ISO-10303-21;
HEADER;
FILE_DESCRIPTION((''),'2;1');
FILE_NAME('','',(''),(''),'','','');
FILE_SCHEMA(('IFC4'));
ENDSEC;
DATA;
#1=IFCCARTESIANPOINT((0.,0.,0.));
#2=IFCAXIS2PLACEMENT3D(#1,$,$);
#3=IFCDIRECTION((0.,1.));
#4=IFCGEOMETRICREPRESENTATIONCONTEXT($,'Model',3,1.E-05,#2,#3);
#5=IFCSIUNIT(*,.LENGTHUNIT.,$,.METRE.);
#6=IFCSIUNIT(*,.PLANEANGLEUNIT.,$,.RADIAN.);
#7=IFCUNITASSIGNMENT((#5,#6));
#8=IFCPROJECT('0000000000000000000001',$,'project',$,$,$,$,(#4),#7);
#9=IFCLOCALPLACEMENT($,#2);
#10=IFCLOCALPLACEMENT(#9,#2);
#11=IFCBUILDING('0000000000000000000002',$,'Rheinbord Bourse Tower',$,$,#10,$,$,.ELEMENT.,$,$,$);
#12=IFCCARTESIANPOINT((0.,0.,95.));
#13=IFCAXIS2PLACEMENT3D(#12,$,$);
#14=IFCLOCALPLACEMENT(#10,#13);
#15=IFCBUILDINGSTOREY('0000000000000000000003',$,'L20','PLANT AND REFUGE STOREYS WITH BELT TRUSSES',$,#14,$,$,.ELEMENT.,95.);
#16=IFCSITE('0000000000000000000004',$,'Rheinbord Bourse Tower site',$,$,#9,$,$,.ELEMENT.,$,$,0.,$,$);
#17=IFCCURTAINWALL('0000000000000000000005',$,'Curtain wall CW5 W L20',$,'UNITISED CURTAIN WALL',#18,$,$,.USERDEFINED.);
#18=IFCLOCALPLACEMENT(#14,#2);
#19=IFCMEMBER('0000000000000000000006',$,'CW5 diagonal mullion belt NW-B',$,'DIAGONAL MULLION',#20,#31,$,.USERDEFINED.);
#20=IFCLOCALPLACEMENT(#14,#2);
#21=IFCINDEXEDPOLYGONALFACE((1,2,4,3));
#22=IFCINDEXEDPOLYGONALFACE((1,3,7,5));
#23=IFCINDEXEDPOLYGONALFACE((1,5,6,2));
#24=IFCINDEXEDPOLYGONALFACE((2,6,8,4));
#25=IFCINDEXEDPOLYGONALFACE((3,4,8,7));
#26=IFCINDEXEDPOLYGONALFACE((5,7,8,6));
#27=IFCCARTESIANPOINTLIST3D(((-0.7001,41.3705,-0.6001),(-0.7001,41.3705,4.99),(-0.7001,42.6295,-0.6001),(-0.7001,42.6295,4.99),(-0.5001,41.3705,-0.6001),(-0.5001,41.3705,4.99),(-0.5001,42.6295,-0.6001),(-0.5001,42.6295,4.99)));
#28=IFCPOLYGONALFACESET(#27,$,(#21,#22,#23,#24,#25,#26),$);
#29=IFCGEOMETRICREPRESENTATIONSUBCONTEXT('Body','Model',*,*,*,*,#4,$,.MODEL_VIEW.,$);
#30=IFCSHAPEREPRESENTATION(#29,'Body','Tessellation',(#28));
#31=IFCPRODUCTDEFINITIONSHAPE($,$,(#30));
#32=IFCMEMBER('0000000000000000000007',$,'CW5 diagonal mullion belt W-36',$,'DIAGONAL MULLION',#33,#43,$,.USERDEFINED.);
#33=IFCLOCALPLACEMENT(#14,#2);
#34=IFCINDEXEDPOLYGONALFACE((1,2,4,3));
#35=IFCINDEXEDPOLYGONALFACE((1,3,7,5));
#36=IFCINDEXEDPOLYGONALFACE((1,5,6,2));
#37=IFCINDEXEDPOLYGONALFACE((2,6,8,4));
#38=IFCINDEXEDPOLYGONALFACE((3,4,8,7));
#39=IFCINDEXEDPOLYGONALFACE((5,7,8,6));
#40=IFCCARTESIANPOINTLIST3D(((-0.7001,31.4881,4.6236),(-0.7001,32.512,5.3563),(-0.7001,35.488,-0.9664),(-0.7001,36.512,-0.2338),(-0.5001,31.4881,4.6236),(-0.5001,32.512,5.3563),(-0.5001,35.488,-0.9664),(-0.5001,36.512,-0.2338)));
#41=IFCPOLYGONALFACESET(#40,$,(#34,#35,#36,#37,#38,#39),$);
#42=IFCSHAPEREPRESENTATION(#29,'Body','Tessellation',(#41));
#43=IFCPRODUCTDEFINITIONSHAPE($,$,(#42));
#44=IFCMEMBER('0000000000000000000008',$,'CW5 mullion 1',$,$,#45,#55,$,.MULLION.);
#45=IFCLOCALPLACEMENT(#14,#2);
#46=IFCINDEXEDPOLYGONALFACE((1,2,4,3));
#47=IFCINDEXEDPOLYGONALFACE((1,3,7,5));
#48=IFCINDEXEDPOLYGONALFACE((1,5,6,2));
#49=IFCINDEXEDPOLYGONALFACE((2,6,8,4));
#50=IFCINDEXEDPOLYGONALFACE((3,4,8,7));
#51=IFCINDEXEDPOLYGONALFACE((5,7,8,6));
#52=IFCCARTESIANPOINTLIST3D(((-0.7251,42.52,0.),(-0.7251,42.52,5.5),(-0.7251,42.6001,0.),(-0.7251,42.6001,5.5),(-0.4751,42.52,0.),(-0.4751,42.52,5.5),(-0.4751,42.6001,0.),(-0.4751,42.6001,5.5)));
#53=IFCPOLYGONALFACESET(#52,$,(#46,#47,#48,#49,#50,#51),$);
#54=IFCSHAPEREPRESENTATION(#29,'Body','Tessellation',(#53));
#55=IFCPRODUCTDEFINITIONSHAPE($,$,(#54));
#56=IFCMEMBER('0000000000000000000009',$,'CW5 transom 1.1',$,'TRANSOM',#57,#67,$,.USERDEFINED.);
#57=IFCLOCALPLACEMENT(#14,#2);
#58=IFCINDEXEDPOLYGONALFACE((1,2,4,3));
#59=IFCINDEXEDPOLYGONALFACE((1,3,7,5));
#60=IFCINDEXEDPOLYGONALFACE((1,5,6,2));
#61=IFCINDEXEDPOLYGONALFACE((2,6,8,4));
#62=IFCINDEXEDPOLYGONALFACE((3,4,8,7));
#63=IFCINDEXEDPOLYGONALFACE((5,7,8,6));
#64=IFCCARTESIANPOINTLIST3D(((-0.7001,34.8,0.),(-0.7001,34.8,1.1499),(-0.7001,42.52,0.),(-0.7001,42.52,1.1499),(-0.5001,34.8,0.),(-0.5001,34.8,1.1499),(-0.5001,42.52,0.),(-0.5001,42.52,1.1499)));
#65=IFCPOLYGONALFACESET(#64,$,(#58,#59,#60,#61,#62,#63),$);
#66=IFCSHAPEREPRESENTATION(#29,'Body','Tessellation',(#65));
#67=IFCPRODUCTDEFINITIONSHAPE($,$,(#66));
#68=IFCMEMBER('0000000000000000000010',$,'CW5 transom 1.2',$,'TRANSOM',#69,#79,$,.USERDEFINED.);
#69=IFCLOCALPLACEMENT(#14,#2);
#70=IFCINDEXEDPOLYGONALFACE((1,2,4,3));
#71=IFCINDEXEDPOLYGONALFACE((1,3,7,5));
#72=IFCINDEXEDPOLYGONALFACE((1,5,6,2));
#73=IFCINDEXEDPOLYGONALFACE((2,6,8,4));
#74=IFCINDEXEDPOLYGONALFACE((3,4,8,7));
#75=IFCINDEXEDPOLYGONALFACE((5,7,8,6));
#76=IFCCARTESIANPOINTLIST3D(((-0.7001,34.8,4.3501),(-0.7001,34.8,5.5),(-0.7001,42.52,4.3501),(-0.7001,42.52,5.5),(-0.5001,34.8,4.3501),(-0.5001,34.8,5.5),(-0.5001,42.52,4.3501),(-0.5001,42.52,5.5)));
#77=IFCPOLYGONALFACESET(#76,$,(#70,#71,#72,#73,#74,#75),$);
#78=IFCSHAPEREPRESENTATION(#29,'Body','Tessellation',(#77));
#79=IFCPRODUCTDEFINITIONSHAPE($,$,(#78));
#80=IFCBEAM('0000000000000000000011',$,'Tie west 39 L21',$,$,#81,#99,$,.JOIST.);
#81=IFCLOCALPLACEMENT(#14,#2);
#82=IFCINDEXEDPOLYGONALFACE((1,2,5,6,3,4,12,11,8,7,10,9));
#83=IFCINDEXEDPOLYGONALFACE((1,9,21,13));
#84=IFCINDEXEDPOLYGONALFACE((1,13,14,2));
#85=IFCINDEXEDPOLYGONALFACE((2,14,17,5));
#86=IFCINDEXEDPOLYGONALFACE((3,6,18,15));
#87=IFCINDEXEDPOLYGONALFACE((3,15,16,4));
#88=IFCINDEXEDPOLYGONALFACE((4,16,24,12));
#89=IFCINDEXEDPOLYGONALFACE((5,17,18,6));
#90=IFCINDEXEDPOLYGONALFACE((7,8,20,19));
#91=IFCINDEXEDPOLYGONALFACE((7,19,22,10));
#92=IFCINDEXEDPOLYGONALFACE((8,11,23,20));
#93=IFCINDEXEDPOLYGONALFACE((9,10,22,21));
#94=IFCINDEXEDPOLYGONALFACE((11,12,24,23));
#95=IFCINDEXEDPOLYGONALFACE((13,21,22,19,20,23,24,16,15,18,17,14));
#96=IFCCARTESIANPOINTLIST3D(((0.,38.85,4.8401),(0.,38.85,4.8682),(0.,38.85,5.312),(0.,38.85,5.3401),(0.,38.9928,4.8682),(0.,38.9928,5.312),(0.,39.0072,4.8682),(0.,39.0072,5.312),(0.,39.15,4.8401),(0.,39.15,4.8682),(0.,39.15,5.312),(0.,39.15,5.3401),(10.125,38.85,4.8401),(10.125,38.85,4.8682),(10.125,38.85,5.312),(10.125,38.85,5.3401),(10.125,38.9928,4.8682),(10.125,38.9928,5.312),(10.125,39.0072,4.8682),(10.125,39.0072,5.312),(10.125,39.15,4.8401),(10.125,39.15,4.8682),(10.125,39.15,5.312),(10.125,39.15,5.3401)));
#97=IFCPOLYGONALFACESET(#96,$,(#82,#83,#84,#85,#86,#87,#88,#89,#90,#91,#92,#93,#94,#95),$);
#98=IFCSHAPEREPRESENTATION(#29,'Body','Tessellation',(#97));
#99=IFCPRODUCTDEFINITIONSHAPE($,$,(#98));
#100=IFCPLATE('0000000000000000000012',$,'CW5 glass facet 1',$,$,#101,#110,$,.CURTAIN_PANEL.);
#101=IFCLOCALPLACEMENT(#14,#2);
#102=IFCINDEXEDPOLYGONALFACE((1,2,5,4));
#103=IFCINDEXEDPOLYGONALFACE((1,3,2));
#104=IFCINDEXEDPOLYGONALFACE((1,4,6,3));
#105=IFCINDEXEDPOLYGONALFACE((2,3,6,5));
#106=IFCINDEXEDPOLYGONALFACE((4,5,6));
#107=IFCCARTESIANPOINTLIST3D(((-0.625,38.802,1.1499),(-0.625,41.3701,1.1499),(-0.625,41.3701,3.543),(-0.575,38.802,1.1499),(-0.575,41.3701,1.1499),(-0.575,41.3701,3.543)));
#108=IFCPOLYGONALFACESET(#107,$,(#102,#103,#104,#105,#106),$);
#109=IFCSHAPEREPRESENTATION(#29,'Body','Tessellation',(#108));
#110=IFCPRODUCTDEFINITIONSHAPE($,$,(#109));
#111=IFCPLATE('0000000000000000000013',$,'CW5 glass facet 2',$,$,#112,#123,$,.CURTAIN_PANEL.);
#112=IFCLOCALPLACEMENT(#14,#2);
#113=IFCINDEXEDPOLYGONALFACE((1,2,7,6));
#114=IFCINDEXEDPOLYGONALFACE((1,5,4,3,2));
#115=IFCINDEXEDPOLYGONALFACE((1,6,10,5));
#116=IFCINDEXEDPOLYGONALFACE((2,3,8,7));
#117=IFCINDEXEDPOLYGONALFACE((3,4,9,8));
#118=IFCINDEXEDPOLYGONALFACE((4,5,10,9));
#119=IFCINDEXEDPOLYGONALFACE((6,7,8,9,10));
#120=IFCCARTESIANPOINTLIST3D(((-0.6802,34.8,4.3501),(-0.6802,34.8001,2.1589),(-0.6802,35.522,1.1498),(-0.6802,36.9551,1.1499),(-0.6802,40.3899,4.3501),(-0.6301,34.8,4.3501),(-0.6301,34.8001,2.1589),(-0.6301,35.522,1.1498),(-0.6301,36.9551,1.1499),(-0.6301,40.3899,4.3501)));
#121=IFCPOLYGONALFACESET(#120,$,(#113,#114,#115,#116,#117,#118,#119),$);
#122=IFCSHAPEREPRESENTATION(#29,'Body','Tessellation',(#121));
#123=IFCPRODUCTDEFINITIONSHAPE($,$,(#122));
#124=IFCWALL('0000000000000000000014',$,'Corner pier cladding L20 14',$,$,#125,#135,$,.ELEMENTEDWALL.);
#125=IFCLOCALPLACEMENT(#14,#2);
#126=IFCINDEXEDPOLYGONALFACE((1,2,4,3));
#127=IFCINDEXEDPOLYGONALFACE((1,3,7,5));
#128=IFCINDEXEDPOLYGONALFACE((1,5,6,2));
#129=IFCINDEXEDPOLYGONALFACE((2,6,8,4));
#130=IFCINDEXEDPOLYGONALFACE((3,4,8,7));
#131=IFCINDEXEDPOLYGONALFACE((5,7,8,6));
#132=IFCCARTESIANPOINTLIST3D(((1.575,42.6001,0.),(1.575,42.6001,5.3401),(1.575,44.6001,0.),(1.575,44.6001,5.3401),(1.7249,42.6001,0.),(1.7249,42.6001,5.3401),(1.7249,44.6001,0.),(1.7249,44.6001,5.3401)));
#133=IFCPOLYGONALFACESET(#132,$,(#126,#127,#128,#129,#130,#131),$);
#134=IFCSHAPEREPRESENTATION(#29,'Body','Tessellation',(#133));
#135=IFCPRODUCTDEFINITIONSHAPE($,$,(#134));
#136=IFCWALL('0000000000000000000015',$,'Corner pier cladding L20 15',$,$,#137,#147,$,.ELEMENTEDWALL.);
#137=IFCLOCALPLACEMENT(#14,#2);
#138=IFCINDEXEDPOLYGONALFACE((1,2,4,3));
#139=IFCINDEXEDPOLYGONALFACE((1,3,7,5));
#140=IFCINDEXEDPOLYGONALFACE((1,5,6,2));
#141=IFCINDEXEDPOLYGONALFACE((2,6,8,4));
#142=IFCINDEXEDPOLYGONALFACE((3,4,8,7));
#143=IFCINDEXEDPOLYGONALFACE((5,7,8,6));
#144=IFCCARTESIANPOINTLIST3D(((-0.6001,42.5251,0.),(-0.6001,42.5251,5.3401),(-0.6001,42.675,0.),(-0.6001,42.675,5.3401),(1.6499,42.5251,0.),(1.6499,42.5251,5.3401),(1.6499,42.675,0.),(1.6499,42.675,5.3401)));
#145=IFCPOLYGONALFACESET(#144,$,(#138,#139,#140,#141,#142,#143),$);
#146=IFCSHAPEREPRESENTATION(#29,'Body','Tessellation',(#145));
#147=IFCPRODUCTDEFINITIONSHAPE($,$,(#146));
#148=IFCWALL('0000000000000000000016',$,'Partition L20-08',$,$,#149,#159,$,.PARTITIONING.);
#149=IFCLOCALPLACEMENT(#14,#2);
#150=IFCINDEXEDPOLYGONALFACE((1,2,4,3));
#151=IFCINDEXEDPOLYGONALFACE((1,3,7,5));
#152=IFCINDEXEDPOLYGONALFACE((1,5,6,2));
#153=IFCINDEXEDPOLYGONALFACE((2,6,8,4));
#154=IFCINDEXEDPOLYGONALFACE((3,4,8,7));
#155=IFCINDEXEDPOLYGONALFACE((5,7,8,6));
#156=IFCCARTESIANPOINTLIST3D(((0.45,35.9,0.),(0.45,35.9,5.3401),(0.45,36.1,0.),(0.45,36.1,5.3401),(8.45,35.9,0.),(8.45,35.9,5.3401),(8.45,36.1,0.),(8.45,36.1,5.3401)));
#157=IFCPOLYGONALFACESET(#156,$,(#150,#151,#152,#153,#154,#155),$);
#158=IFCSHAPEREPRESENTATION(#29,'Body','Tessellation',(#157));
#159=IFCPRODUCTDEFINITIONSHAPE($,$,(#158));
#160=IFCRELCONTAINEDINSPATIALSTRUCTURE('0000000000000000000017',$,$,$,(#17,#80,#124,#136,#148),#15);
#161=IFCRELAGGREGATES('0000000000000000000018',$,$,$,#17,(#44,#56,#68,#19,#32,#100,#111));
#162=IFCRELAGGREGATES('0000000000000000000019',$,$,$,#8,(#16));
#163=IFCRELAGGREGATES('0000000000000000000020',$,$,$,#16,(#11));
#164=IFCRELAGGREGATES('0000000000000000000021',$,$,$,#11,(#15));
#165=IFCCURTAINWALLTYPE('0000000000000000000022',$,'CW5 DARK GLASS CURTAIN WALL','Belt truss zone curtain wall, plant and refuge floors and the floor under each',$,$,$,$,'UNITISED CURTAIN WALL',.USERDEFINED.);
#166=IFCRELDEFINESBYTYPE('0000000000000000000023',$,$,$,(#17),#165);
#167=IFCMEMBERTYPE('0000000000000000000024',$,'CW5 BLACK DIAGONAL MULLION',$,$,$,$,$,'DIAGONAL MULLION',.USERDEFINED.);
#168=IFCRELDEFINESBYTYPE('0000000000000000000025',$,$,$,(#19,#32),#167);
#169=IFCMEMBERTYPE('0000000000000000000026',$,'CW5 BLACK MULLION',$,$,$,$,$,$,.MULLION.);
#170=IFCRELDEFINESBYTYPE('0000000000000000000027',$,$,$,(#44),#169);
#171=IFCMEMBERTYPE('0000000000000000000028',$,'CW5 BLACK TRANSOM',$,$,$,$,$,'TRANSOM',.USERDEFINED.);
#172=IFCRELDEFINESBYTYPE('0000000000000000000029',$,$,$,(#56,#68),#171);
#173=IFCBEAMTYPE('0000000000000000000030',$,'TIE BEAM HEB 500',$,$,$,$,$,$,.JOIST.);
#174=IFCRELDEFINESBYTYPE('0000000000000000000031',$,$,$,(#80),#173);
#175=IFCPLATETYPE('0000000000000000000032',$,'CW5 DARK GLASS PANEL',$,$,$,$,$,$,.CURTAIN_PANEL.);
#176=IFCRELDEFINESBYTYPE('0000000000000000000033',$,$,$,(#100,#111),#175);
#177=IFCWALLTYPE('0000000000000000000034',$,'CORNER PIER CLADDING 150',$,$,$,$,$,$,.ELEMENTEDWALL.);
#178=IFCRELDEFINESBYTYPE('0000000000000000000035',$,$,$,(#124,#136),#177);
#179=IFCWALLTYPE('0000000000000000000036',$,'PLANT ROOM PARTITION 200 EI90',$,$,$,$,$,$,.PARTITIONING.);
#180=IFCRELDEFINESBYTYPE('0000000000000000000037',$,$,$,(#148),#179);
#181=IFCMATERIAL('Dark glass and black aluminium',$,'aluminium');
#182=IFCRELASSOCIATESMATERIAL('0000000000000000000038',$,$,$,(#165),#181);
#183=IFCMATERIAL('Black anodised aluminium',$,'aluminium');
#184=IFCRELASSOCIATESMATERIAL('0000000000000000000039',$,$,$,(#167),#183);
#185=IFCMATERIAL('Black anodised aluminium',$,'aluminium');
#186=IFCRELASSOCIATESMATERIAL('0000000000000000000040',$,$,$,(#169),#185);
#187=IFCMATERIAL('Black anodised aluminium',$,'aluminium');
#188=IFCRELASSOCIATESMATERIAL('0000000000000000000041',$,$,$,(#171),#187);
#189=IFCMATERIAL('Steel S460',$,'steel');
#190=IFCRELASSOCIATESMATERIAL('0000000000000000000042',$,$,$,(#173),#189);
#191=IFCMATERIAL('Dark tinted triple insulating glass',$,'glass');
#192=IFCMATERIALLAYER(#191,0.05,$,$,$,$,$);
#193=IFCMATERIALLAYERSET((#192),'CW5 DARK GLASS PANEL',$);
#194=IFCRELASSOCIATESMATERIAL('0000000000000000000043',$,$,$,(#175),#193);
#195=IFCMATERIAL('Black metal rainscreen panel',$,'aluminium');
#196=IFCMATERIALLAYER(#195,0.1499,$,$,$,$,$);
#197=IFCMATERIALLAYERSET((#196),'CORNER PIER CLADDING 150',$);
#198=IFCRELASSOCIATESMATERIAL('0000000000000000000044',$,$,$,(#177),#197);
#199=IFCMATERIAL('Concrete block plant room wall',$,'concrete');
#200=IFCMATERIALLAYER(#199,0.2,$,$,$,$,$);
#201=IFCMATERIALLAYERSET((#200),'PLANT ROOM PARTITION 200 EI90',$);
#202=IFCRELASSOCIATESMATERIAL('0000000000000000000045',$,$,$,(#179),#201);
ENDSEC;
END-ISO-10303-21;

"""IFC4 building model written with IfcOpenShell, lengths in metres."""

from ifc_helpers import new_model, si_unit, direction, frame, frame_2d, origin, origin_2d, place, context, subcontext, project, spatial, polyline, rectangle, i_section, outline, extrude, material, layer, layer_set, material_profile, profile_set, type_object, element, aggregate, save


model = new_model("IFC4")

# Units and contexts
model_context = context("Model", 3, precision=1e-05, world=origin(), true_north=direction((0.0, 1.0)))
body_context = subcontext(model_context, "Body", "Model", "MODEL_VIEW")
ifc_project = project(units=[si_unit("LENGTHUNIT", "METRE"), si_unit("PLANEANGLEUNIT", "RADIAN")], contexts=[model_context])

# Site, building, storey
site_placement = place(None, origin())
site = spatial("IfcSite", under=ifc_project, at=site_placement, Name="Rheinbord Bourse Tower site", CompositionType="ELEMENT", RefElevation=0.0)
building_placement = place(site_placement, origin())
building = spatial("IfcBuilding", under=site, at=building_placement, Name="Rheinbord Bourse Tower", CompositionType="ELEMENT")
storey_placement = place(building_placement, frame((0.0, 0.0, 95.0)))
storey = spatial("IfcBuildingStorey", under=building, at=storey_placement, Name="L20", Description="PLANT AND REFUGE STOREYS WITH BELT TRUSSES", CompositionType="ELEMENT", Elevation=95.0)

# Curtain wall, members
ifc_material_1 = material(Name="Dark glass and black aluminium", Category="aluminium")
curtain_wall_type = type_object("IfcCurtainWallType", Name="CW5 DARK GLASS CURTAIN WALL", Description="Belt truss zone curtain wall, plant and refuge floors and the floor under each", ElementType="UNITISED CURTAIN WALL", PredefinedType="USERDEFINED", material=ifc_material_1)
curtain_wall_placement = place(storey_placement, origin())
curtain_wall = element("IfcCurtainWall", 1, at=curtain_wall_placement, inside=storey, type_object=curtain_wall_type, Name="Curtain wall CW5 W L20", ObjectType="UNITISED CURTAIN WALL", PredefinedType="USERDEFINED")
ifc_material_2 = material(Name="Black anodised aluminium", Category="aluminium")
ifc_material_profile_1 = material_profile(ifc_material_2, rectangle(XDim=0.2, YDim=1.259, at=origin_2d()), Name="CW5 DIAGONAL MULLION 1259x200")
ifc_profile_set_1 = profile_set([ifc_material_profile_1], Name="Black anodised aluminium")
member_type_1 = type_object("IfcMemberType", Name="CW5 BLACK DIAGONAL MULLION", ElementType="DIAGONAL MULLION", PredefinedType="USERDEFINED", material=ifc_profile_set_1)
member_1_placement = place(storey_placement, frame((-0.6001, 42.0, -0.6001), z_axis=(0.0, 0.0, 1.0), x_axis=(1.0, 0.0, 0.0)))
member_1 = element("IfcMember", 2, at=member_1_placement, type_object=member_type_1, Name="CW5 diagonal mullion belt NW-B", ObjectType="DIAGONAL MULLION", PredefinedType="USERDEFINED", context=body_context, shape_type="SweptSolid", body=[
    extrude(rectangle(XDim=0.2, YDim=1.259, at=origin_2d()), origin(), (0.0, 0.0, 1.0), 5.5901),
])
member_2_placement = place(storey_placement, frame((-0.6001, 36.0, -0.6001), z_axis=(0.0, -0.58192, 0.813246), x_axis=(1.0, 0.0, 0.0)))
member_2 = element("IfcMember", 3, at=member_2_placement, type_object=member_type_1, Name="CW5 diagonal mullion belt W-36", ObjectType="DIAGONAL MULLION", PredefinedType="USERDEFINED", context=body_context, shape_type="SweptSolid", body=[
    extrude(rectangle(XDim=0.2, YDim=1.259, at=origin_2d()), origin(), (0.0, 0.0, 1.0), 6.8738),
])
ifc_material_3 = material(Name="Black anodised aluminium", Category="aluminium")
ifc_material_profile_2 = material_profile(ifc_material_3, rectangle(XDim=0.25, YDim=0.0801, at=origin_2d()), Name="CW5 MULLION 80x250")
ifc_profile_set_2 = profile_set([ifc_material_profile_2], Name="Black anodised aluminium")
member_type_2 = type_object("IfcMemberType", Name="CW5 BLACK MULLION", PredefinedType="MULLION", material=ifc_profile_set_2)
member_3_placement = place(storey_placement, frame((-0.6001, 42.5601, 0.0), z_axis=(0.0, 0.0, 1.0), x_axis=(1.0, 0.0, 0.0)))
member_3 = element("IfcMember", 4, at=member_3_placement, type_object=member_type_2, Name="CW5 mullion 1", PredefinedType="MULLION", context=body_context, shape_type="SweptSolid", body=[
    extrude(rectangle(XDim=0.25, YDim=0.0801, at=origin_2d()), origin(), (0.0, 0.0, 1.0), 5.5),
])
ifc_material_4 = material(Name="Black anodised aluminium", Category="aluminium")
ifc_material_profile_3 = material_profile(ifc_material_4, rectangle(XDim=0.2, YDim=1.1499, at=origin_2d()), Name="CW5 TRANSOM 1150x200")
ifc_profile_set_3 = profile_set([ifc_material_profile_3], Name="Black anodised aluminium")
member_type_3 = type_object("IfcMemberType", Name="CW5 BLACK TRANSOM", ElementType="TRANSOM", PredefinedType="USERDEFINED", material=ifc_profile_set_3)
member_4_placement = place(storey_placement, frame((-0.6001, 42.52, 0.575), z_axis=(0.0, -1.0, 0.0), x_axis=(1.0, 0.0, 0.0)))
member_4 = element("IfcMember", 5, at=member_4_placement, type_object=member_type_3, Name="CW5 transom 1.1", ObjectType="TRANSOM", PredefinedType="USERDEFINED", context=body_context, shape_type="SweptSolid", body=[
    extrude(rectangle(XDim=0.2, YDim=1.1499, at=origin_2d()), origin(), (0.0, 0.0, 1.0), 7.72),
])
member_5_placement = place(storey_placement, frame((-0.6001, 42.52, 4.925), z_axis=(0.0, -1.0, 0.0), x_axis=(1.0, 0.0, 0.0)))
member_5 = element("IfcMember", 6, at=member_5_placement, type_object=member_type_3, Name="CW5 transom 1.2", ObjectType="TRANSOM", PredefinedType="USERDEFINED", context=body_context, shape_type="SweptSolid", body=[
    extrude(rectangle(XDim=0.2, YDim=1.1499, at=origin_2d()), origin(), (0.0, 0.0, 1.0), 7.72),
])

# Beam
ifc_material_5 = material(Name="Steel S460", Category="steel")
ifc_material_profile_4 = material_profile(ifc_material_5, i_section(OverallWidth=0.3, OverallDepth=0.5, WebThickness=0.0144, FlangeThickness=0.0281, at=origin_2d()), Name="HEB 500")
ifc_profile_set_4 = profile_set([ifc_material_profile_4], Name="Steel S460")
beam_type_1 = type_object("IfcBeamType", Name="TIE BEAM HEB 500", PredefinedType="JOIST", material=ifc_profile_set_4)
beam_1_placement = place(storey_placement, frame((0.0, 39.0, 5.0901), z_axis=(1.0, 0.0, 0.0), x_axis=(0.0, 1.0, 0.0)))
element("IfcBeam", 7, at=beam_1_placement, inside=storey, type_object=beam_type_1, Name="Tie west 39 L21", PredefinedType="JOIST", context=body_context, shape_type="SweptSolid", body=[
    extrude(i_section(OverallWidth=0.3, OverallDepth=0.5, WebThickness=0.0144, FlangeThickness=0.0281, at=origin_2d()), origin(), (0.0, 0.0, 1.0), 10.125),
])

# Plates
ifc_material_6 = material(Name="Dark tinted triple insulating glass", Category="glass")
ifc_layer_1 = layer(ifc_material_6, 0.05)
ifc_layer_set_1 = layer_set([ifc_layer_1], Name="CW5 DARK GLASS PANEL")
plate_type = type_object("IfcPlateType", Name="CW5 DARK GLASS PANEL", PredefinedType="CURTAIN_PANEL", material=ifc_layer_set_1)
plate_1_placement = place(storey_placement, frame((-0.625, 41.3701, 1.1499), z_axis=(1.0, 0.0, 0.0), x_axis=(0.0, 0.0, 1.0)))
plate_1 = element("IfcPlate", 8, at=plate_1_placement, type_object=plate_type, Name="CW5 glass facet 1", PredefinedType="CURTAIN_PANEL", context=body_context, shape_type="SweptSolid", body=[
    extrude(outline(polyline([(0.0, 0.0), (2.3931, 0.0), (0.0, 2.5681), (0.0, 0.0)])), origin(), (0.0, 0.0, 1.0), 0.05),
])
plate_2_placement = place(storey_placement, frame((-0.6802, 36.9551, 1.1499), z_axis=(1.0, 0.0, 0.0), x_axis=(0.0, 0.731653, 0.681677)))
plate_2 = element("IfcPlate", 9, at=plate_2_placement, type_object=plate_type, Name="CW5 glass facet 2", PredefinedType="CURTAIN_PANEL", context=body_context, shape_type="SweptSolid", body=[
    extrude(outline(polyline([(0.0, 0.0), (4.6946, 0.0), (0.6047, 3.8105), (-0.8889, 2.2073), (-1.0486, 0.9768), (0.0, 0.0)])), origin(), (0.0, 0.0, 1.0), 0.05),
])
aggregate(curtain_wall, [member_3, member_4, member_5, member_1, member_2, plate_1, plate_2])

# Walls
ifc_material_7 = material(Name="Black metal rainscreen panel", Category="aluminium")
ifc_layer_2 = layer(ifc_material_7, 0.1499)
ifc_layer_set_2 = layer_set([ifc_layer_2], Name="CORNER PIER CLADDING 150")
wall_type_1 = type_object("IfcWallType", Name="CORNER PIER CLADDING 150", PredefinedType="ELEMENTEDWALL", material=ifc_layer_set_2)
wall_1_placement = place(storey_placement, frame((1.6499, 44.6001, 0.0), z_axis=(0.0, 0.0, 1.0), x_axis=(0.0, -1.0, 0.0)))
element("IfcWall", 10, at=wall_1_placement, inside=storey, type_object=wall_type_1, Name="Corner pier cladding L20 14", PredefinedType="ELEMENTEDWALL", context=body_context, shape_type="SweptSolid", body=[
    extrude(rectangle(XDim=2.0, YDim=0.1499, at=frame_2d((1.0, 0.0))), origin(), (0.0, 0.0, 1.0), 5.3401),
])
wall_2_placement = place(storey_placement, frame((1.6499, 42.6001, 0.0), z_axis=(0.0, 0.0, 1.0), x_axis=(-1.0, 0.0, 0.0)))
element("IfcWall", 11, at=wall_2_placement, inside=storey, type_object=wall_type_1, Name="Corner pier cladding L20 15", PredefinedType="ELEMENTEDWALL", context=body_context, shape_type="SweptSolid", body=[
    extrude(rectangle(XDim=2.25, YDim=0.1499, at=frame_2d((1.125, 0.0))), origin(), (0.0, 0.0, 1.0), 5.3401),
])
ifc_material_8 = material(Name="Concrete block plant room wall", Category="concrete")
ifc_layer_3 = layer(ifc_material_8, 0.2)
ifc_layer_set_3 = layer_set([ifc_layer_3], Name="PLANT ROOM PARTITION 200 EI90")
wall_type_2 = type_object("IfcWallType", Name="PLANT ROOM PARTITION 200 EI90", PredefinedType="PARTITIONING", material=ifc_layer_set_3)
wall_3_placement = place(storey_placement, frame((0.45, 36.0, 0.0), z_axis=(0.0, 0.0, 1.0), x_axis=(1.0, 0.0, 0.0)))
element("IfcWall", 12, at=wall_3_placement, inside=storey, type_object=wall_type_2, Name="Partition L20-08", PredefinedType="PARTITIONING", context=body_context, shape_type="SweptSolid", body=[
    extrude(rectangle(XDim=8.0, YDim=0.2, at=frame_2d((4.0, 0.0))), origin(), (0.0, 0.0, 1.0), 5.3401),
])

save(model, "model.ifc")
